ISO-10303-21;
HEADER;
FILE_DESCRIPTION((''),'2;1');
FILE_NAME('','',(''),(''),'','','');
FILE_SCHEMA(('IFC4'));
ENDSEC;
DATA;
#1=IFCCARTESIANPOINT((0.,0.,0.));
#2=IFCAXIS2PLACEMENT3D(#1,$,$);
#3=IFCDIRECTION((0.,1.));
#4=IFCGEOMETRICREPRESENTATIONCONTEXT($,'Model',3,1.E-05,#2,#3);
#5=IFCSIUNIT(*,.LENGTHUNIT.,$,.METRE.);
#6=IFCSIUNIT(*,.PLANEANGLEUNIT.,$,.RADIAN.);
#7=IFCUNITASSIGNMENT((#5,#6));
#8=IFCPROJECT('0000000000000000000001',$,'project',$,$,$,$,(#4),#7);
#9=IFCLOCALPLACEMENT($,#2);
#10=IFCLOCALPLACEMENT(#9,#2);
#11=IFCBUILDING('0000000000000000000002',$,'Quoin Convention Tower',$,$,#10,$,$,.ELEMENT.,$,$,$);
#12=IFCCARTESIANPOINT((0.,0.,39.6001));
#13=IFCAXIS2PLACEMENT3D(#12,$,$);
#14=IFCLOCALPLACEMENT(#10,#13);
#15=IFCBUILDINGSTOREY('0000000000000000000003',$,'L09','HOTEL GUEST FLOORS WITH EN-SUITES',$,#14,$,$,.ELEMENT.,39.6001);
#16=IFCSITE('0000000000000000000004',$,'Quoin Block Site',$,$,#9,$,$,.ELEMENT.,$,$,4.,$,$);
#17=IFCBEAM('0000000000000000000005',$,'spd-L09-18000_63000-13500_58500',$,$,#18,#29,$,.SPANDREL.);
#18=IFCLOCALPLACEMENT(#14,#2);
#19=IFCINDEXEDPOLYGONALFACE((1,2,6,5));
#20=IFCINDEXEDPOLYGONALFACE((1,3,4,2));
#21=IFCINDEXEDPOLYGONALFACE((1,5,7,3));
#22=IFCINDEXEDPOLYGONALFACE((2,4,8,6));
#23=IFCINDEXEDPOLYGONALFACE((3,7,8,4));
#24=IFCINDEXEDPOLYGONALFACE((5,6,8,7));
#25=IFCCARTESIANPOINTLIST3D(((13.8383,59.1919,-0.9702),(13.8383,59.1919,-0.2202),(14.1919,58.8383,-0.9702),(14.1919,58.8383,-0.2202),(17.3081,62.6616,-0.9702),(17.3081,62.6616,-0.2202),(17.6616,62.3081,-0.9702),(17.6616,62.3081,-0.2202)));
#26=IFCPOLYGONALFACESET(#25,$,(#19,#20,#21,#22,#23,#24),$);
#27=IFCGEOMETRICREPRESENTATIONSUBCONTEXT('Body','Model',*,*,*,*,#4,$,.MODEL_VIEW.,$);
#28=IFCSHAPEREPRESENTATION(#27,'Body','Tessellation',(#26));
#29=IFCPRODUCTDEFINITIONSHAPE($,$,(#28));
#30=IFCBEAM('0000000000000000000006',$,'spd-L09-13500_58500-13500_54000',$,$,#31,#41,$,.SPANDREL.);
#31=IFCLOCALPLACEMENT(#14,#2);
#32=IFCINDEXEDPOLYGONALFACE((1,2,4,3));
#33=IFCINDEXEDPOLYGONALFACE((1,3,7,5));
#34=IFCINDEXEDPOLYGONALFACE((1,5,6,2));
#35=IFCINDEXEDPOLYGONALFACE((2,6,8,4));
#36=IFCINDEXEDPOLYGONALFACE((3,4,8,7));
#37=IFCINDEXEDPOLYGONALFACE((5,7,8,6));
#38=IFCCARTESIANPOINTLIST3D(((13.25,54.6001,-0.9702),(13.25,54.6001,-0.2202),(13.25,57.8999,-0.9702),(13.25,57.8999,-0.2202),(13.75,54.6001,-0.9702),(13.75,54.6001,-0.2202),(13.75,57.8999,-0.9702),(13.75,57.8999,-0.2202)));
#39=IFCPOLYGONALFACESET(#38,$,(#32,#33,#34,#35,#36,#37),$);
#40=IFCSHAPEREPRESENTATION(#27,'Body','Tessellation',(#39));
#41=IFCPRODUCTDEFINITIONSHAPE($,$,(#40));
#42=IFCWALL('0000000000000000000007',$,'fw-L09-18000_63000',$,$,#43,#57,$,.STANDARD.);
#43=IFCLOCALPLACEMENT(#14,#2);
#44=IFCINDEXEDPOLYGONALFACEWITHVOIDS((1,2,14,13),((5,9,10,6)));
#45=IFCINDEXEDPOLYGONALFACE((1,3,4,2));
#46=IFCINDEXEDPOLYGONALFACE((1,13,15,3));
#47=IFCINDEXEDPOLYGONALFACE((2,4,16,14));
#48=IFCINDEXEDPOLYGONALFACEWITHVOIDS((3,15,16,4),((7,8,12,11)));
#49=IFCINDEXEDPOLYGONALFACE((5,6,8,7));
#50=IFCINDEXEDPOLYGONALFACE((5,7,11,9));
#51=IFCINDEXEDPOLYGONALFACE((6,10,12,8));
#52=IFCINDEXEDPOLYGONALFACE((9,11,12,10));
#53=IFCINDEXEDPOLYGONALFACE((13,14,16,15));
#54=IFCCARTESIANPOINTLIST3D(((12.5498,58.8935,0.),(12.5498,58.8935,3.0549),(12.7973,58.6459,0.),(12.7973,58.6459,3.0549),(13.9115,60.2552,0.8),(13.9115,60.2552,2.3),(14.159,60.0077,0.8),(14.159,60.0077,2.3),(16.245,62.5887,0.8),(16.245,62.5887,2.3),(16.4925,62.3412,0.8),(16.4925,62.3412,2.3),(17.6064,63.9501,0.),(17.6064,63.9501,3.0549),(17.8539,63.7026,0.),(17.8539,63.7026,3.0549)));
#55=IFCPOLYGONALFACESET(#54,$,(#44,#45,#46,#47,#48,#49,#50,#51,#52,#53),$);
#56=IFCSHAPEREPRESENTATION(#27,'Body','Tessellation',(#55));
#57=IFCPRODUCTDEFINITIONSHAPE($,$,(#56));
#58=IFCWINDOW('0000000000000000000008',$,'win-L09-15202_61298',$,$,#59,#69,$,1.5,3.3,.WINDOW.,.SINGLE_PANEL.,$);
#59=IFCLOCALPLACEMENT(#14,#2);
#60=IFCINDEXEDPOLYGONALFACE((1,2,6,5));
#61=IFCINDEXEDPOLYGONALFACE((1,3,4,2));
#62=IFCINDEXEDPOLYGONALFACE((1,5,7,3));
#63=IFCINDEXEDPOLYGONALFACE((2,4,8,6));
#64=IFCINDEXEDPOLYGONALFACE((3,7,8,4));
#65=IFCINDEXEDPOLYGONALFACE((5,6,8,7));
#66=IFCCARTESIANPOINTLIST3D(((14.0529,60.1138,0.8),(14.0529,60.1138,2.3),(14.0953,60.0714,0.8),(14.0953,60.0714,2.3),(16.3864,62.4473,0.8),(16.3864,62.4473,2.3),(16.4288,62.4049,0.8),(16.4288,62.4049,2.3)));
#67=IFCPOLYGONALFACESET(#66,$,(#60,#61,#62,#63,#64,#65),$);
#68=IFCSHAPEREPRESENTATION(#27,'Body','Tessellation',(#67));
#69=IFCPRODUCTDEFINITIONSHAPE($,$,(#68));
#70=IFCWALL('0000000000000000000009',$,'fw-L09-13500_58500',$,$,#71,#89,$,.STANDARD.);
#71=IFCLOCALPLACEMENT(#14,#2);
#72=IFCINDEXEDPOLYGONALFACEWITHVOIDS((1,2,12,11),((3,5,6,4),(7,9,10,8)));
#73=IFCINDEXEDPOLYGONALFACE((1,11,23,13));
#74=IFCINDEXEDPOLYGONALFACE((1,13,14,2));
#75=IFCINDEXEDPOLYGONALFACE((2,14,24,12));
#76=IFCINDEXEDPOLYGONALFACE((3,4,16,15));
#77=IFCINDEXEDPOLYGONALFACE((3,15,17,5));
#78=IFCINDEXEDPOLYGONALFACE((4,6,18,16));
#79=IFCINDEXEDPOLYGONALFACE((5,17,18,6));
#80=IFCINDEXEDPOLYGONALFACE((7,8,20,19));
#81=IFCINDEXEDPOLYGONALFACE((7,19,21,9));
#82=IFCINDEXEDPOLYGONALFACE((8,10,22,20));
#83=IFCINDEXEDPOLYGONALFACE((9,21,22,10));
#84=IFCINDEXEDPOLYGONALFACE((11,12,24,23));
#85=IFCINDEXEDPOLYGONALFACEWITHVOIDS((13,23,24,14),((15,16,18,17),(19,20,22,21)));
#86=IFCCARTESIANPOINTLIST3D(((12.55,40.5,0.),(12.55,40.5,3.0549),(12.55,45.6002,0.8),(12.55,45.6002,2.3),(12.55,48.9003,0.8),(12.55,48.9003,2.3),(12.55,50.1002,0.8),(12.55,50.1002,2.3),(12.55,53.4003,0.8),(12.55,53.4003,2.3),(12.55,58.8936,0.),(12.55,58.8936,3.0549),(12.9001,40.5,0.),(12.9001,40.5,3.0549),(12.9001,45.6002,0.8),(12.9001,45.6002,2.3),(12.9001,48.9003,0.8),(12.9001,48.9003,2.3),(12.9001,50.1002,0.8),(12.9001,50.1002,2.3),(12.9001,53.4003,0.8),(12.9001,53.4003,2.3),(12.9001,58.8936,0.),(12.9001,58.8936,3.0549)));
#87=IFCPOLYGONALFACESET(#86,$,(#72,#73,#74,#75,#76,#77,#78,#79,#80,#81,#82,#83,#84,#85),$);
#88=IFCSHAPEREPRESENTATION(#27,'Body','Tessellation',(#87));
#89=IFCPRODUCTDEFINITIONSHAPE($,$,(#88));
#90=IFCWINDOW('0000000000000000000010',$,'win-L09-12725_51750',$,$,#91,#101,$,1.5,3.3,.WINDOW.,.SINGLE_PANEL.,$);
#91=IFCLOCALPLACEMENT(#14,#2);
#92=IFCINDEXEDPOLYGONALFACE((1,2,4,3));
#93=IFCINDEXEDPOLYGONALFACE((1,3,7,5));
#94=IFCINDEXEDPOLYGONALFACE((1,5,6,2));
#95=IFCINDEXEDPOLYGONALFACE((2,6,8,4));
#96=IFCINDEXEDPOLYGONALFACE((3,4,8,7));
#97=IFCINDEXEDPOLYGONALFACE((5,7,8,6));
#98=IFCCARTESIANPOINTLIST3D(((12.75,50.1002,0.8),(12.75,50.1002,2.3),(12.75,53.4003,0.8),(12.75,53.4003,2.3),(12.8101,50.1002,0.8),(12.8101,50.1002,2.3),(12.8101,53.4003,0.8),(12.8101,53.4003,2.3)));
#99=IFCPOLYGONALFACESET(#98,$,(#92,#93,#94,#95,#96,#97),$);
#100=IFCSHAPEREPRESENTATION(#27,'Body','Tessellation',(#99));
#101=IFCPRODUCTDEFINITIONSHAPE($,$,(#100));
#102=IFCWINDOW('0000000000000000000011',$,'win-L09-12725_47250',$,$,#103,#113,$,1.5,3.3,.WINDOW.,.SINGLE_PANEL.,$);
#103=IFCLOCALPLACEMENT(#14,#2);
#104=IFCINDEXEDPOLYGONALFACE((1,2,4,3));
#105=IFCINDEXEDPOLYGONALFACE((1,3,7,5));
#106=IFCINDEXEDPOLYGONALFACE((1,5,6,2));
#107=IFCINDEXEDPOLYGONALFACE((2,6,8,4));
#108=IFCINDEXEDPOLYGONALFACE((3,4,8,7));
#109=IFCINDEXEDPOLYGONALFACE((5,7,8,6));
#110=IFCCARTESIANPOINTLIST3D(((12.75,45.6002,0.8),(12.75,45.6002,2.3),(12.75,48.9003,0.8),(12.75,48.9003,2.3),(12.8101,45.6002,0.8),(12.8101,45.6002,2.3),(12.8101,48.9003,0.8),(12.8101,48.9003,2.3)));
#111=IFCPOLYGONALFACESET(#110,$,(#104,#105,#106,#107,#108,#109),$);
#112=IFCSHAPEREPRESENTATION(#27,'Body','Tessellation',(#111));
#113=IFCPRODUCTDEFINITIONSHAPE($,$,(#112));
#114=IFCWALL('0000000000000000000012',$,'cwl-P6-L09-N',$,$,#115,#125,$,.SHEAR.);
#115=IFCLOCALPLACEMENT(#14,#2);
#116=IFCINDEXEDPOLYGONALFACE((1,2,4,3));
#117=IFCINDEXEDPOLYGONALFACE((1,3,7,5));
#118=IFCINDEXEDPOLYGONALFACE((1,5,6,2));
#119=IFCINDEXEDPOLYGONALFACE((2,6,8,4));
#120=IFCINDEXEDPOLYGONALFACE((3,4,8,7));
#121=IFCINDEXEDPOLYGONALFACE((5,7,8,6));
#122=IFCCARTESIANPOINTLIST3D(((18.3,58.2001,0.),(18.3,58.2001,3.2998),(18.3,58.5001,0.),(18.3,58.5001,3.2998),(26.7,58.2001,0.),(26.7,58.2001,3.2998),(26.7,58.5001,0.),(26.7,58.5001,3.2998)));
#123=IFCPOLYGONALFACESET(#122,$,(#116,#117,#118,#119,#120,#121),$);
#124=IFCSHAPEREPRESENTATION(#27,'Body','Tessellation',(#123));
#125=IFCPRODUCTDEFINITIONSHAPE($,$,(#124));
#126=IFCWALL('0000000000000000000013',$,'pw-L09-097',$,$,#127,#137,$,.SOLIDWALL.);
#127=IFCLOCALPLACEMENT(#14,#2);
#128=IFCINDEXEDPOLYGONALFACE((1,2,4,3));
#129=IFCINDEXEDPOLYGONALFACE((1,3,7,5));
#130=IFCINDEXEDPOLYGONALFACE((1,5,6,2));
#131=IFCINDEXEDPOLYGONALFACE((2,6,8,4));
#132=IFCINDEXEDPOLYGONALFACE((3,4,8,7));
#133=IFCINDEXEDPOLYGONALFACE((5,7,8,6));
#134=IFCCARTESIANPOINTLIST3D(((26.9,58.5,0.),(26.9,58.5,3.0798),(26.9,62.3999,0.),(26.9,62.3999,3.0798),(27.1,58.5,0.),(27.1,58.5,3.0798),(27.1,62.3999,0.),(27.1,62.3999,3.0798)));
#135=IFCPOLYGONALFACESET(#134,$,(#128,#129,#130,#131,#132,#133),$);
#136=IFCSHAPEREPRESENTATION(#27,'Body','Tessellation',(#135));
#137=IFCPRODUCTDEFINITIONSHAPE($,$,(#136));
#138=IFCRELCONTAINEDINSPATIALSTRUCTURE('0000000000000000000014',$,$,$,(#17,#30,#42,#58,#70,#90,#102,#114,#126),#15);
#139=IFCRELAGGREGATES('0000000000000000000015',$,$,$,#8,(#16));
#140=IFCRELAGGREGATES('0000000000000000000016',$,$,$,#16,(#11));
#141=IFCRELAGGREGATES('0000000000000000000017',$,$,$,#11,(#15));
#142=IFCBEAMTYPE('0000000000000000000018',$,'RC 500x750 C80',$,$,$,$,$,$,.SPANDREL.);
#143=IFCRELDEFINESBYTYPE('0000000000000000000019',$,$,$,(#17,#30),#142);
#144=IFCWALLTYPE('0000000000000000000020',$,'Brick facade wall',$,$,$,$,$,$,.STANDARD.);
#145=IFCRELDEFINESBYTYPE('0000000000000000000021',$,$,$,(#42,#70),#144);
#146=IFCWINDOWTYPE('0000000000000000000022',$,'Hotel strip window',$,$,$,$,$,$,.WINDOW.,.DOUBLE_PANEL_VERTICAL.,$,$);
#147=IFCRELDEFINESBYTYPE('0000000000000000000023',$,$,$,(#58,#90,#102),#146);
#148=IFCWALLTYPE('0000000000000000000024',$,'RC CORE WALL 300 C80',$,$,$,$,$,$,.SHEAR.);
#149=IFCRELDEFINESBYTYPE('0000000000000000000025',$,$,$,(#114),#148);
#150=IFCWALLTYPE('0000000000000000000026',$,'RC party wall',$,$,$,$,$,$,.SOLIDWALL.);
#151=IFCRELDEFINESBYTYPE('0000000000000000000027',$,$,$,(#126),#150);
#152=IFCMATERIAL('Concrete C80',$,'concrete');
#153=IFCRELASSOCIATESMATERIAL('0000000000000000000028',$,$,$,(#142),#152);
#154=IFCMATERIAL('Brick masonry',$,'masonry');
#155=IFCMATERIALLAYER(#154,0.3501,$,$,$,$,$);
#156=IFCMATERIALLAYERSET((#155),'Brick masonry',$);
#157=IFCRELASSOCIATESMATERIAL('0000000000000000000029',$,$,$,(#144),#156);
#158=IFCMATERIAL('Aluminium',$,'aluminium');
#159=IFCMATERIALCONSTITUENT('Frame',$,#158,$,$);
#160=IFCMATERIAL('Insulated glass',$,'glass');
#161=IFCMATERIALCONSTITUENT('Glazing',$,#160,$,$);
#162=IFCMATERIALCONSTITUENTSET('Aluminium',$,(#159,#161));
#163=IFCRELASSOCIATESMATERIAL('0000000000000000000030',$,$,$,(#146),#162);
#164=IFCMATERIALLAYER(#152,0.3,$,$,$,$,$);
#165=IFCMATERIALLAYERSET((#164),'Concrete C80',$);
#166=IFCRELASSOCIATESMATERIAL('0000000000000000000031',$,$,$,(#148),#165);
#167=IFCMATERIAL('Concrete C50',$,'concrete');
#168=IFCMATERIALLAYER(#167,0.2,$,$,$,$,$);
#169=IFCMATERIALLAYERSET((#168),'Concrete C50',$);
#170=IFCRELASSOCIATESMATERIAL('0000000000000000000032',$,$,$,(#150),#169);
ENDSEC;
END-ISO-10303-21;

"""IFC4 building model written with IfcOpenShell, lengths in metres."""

from ifc_helpers import new_model, si_unit, direction, frame, frame_2d, origin, origin_2d, place, context, subcontext, project, spatial, rectangle, extrude, material, layer, layer_set, constituent, constituent_set, material_profile, profile_set, type_object, element, fill, save


model = new_model("IFC4")

# Units and contexts
model_context = context("Model", 3, precision=1e-05, world=origin(), true_north=direction((0.0, 1.0)))
body_context = subcontext(model_context, "Body", "Model", "MODEL_VIEW")
ifc_project = project(units=[si_unit("LENGTHUNIT", "METRE"), si_unit("PLANEANGLEUNIT", "RADIAN")], contexts=[model_context])

# Site, building, storey
site_placement = place(None, origin())
site = spatial("IfcSite", under=ifc_project, at=site_placement, Name="Quoin Block Site", CompositionType="ELEMENT", RefElevation=4.0)
building_placement = place(site_placement, origin())
building = spatial("IfcBuilding", under=site, at=building_placement, Name="Quoin Convention Tower", CompositionType="ELEMENT")
storey_placement = place(building_placement, frame((0.0, 0.0, 39.6001)))
storey = spatial("IfcBuildingStorey", under=building, at=storey_placement, Name="L09", Description="HOTEL GUEST FLOORS WITH EN-SUITES", CompositionType="ELEMENT", Elevation=39.6001)

# Shared definitions
ifc_material_1 = material(Name="Concrete C80", Category="concrete")

# Beams
ifc_material_profile_1 = material_profile(ifc_material_1, rectangle(XDim=0.5, YDim=0.75, at=origin_2d()), Name="RC 500x750")
ifc_profile_set_1 = profile_set([ifc_material_profile_1], Name="Concrete C80")
beam_type = type_object("IfcBeamType", Name="RC 500x750 C80", PredefinedType="SPANDREL", material=ifc_profile_set_1)
beam_1_placement = place(storey_placement, frame((17.4849, 62.4849, -0.5952), z_axis=(-0.707107, -0.707107, 0.0), x_axis=(0.707107, -0.707107, 0.0)))
element("IfcBeam", 1, at=beam_1_placement, inside=storey, type_object=beam_type, Name="spd-L09-18000_63000-13500_58500", PredefinedType="SPANDREL", context=body_context, shape_type="SweptSolid", body=[
    extrude(rectangle(XDim=0.5, YDim=0.75, at=origin_2d()), origin(), (0.0, 0.0, 1.0), 4.907),
])
beam_2_placement = place(storey_placement, frame((13.5, 57.8999, -0.5952), z_axis=(0.0, -1.0, 0.0), x_axis=(1.0, 0.0, 0.0)))
element("IfcBeam", 2, at=beam_2_placement, inside=storey, type_object=beam_type, Name="spd-L09-13500_58500-13500_54000", PredefinedType="SPANDREL", context=body_context, shape_type="SweptSolid", body=[
    extrude(rectangle(XDim=0.5, YDim=0.75, at=origin_2d()), origin(), (0.0, 0.0, 1.0), 3.2998),
])

# Wall, opening, window
ifc_material_2 = material(Name="Brick masonry", Category="masonry")
ifc_layer_1 = layer(ifc_material_2, 0.3501)
ifc_layer_set_1 = layer_set([ifc_layer_1], Name="Brick masonry")
wall_type_1 = type_object("IfcWallType", Name="Brick facade wall", PredefinedType="STANDARD", material=ifc_layer_set_1)
wall_1_placement = place(storey_placement, frame((17.7302, 63.8264, 0.0), z_axis=(0.0, 0.0, 1.0), x_axis=(-0.707107, -0.707107, 0.0)))
wall_1 = element("IfcWall", 3, at=wall_1_placement, inside=storey, type_object=wall_type_1, Name="fw-L09-18000_63000", PredefinedType="STANDARD", context=body_context, shape_type="SweptSolid", body=[
    extrude(rectangle(XDim=7.1511, YDim=0.3501, at=frame_2d((3.5757, 0.0))), origin(), (0.0, 0.0, 1.0), 3.0549),
])
opening_1_placement = place(wall_1_placement, frame((1.9255, 0.0, 0.8)))
opening_1 = element("IfcOpeningElement", 4, at=opening_1_placement, cuts=wall_1, PredefinedType="OPENING", context=body_context, shape_type="SweptSolid", body=[
    extrude(rectangle(XDim=3.3, YDim=1.5, at=frame_2d((1.6499, 0.75))), frame((0.0, 0.1851, 0.0), z_axis=(0.0, -1.0, 0.0), x_axis=(1.0, 0.0, 0.0)), (0.0, 0.0, 1.0), 0.3701),
])
ifc_material_3 = material(Name="Aluminium", Category="aluminium")
ifc_constituent_1 = constituent(ifc_material_3, Name="Frame")
ifc_material_4 = material(Name="Insulated glass", Category="glass")
ifc_constituent_2 = constituent(ifc_material_4, Name="Glazing")
ifc_constituent_set = constituent_set(constituents=[ifc_constituent_1, ifc_constituent_2], Name="Aluminium")
window_type = type_object("IfcWindowType", Name="Hotel strip window", PartitioningType="DOUBLE_PANEL_VERTICAL", PredefinedType="WINDOW", material=ifc_constituent_set)
window_1_placement = place(opening_1_placement, origin())
window_1 = element("IfcWindow", 5, at=window_1_placement, inside=storey, type_object=window_type, Name="win-L09-15202_61298", OverallHeight=1.5, OverallWidth=3.3, PartitioningType="SINGLE_PANEL", PredefinedType="WINDOW", context=body_context, shape_type="SweptSolid", body=[
    extrude(rectangle(XDim=3.3, YDim=1.5, at=frame_2d((1.6499, 0.75))), frame((0.0, 0.085, 0.0), z_axis=(0.0, -1.0, 0.0), x_axis=(1.0, 0.0, 0.0)), (0.0, 0.0, 1.0), 0.0601),
])
fill(opening_1, window_1)

# Wall, openings, windows
wall_2_placement = place(storey_placement, frame((12.7251, 58.8936, 0.0), z_axis=(0.0, 0.0, 1.0), x_axis=(0.0, -1.0, 0.0)))
wall_2 = element("IfcWall", 6, at=wall_2_placement, inside=storey, type_object=wall_type_1, Name="fw-L09-13500_58500", PredefinedType="STANDARD", context=body_context, shape_type="SweptSolid", body=[
    extrude(rectangle(XDim=18.3936, YDim=0.3501, at=frame_2d((9.1968, 0.0))), origin(), (0.0, 0.0, 1.0), 3.0549),
])
opening_2_placement = place(wall_2_placement, frame((5.4934, 0.0, 0.8)))
opening_2 = element("IfcOpeningElement", 7, at=opening_2_placement, cuts=wall_2, PredefinedType="OPENING", context=body_context, shape_type="SweptSolid", body=[
    extrude(rectangle(XDim=3.3, YDim=1.5, at=frame_2d((1.6499, 0.75))), frame((0.0, 0.1851, 0.0), z_axis=(0.0, -1.0, 0.0), x_axis=(1.0, 0.0, 0.0)), (0.0, 0.0, 1.0), 0.3701),
])
opening_3_placement = place(wall_2_placement, frame((9.9934, 0.0, 0.8)))
opening_3 = element("IfcOpeningElement", 8, at=opening_3_placement, cuts=wall_2, PredefinedType="OPENING", context=body_context, shape_type="SweptSolid", body=[
    extrude(rectangle(XDim=3.3, YDim=1.5, at=frame_2d((1.6499, 0.75))), frame((0.0, 0.1851, 0.0), z_axis=(0.0, -1.0, 0.0), x_axis=(1.0, 0.0, 0.0)), (0.0, 0.0, 1.0), 0.3701),
])
window_2_placement = place(opening_2_placement, origin())
window_2 = element("IfcWindow", 9, at=window_2_placement, inside=storey, type_object=window_type, Name="win-L09-12725_51750", OverallHeight=1.5, OverallWidth=3.3, PartitioningType="SINGLE_PANEL", PredefinedType="WINDOW", context=body_context, shape_type="SweptSolid", body=[
    extrude(rectangle(XDim=3.3, YDim=1.5, at=frame_2d((1.6499, 0.75))), frame((0.0, 0.085, 0.0), z_axis=(0.0, -1.0, 0.0), x_axis=(1.0, 0.0, 0.0)), (0.0, 0.0, 1.0), 0.0601),
])
fill(opening_2, window_2)
window_3_placement = place(opening_3_placement, origin())
window_3 = element("IfcWindow", 10, at=window_3_placement, inside=storey, type_object=window_type, Name="win-L09-12725_47250", OverallHeight=1.5, OverallWidth=3.3, PartitioningType="SINGLE_PANEL", PredefinedType="WINDOW", context=body_context, shape_type="SweptSolid", body=[
    extrude(rectangle(XDim=3.3, YDim=1.5, at=frame_2d((1.6499, 0.75))), frame((0.0, 0.085, 0.0), z_axis=(0.0, -1.0, 0.0), x_axis=(1.0, 0.0, 0.0)), (0.0, 0.0, 1.0), 0.0601),
])
fill(opening_3, window_3)

# Walls
ifc_layer_2 = layer(ifc_material_1, 0.3)
ifc_layer_set_2 = layer_set([ifc_layer_2], Name="Concrete C80")
wall_type_2 = type_object("IfcWallType", Name="RC CORE WALL 300 C80", PredefinedType="SHEAR", material=ifc_layer_set_2)
wall_3_placement = place(storey_placement, frame((18.3, 58.3501, 0.0), z_axis=(0.0, 0.0, 1.0), x_axis=(1.0, 0.0, 0.0)))
element("IfcWall", 11, at=wall_3_placement, inside=storey, type_object=wall_type_2, Name="cwl-P6-L09-N", PredefinedType="SHEAR", context=body_context, shape_type="SweptSolid", body=[
    extrude(rectangle(XDim=8.3999, YDim=0.3, at=frame_2d((4.2, 0.0))), origin(), (0.0, 0.0, 1.0), 3.2998),
])
ifc_material_5 = material(Name="Concrete C50", Category="concrete")
ifc_layer_3 = layer(ifc_material_5, 0.2)
ifc_layer_set_3 = layer_set([ifc_layer_3], Name="Concrete C50")
wall_type_3 = type_object("IfcWallType", Name="RC party wall", PredefinedType="SOLIDWALL", material=ifc_layer_set_3)
wall_4_placement = place(storey_placement, frame((27.0, 58.5, 0.0), z_axis=(0.0, 0.0, 1.0), x_axis=(0.0, 1.0, 0.0)))
element("IfcWall", 12, at=wall_4_placement, inside=storey, type_object=wall_type_3, Name="pw-L09-097", PredefinedType="SOLIDWALL", context=body_context, shape_type="SweptSolid", body=[
    extrude(rectangle(XDim=3.8999, YDim=0.2, at=frame_2d((1.95, 0.0))), origin(), (0.0, 0.0, 1.0), 3.0798),
])

save(model, "model.ifc")
